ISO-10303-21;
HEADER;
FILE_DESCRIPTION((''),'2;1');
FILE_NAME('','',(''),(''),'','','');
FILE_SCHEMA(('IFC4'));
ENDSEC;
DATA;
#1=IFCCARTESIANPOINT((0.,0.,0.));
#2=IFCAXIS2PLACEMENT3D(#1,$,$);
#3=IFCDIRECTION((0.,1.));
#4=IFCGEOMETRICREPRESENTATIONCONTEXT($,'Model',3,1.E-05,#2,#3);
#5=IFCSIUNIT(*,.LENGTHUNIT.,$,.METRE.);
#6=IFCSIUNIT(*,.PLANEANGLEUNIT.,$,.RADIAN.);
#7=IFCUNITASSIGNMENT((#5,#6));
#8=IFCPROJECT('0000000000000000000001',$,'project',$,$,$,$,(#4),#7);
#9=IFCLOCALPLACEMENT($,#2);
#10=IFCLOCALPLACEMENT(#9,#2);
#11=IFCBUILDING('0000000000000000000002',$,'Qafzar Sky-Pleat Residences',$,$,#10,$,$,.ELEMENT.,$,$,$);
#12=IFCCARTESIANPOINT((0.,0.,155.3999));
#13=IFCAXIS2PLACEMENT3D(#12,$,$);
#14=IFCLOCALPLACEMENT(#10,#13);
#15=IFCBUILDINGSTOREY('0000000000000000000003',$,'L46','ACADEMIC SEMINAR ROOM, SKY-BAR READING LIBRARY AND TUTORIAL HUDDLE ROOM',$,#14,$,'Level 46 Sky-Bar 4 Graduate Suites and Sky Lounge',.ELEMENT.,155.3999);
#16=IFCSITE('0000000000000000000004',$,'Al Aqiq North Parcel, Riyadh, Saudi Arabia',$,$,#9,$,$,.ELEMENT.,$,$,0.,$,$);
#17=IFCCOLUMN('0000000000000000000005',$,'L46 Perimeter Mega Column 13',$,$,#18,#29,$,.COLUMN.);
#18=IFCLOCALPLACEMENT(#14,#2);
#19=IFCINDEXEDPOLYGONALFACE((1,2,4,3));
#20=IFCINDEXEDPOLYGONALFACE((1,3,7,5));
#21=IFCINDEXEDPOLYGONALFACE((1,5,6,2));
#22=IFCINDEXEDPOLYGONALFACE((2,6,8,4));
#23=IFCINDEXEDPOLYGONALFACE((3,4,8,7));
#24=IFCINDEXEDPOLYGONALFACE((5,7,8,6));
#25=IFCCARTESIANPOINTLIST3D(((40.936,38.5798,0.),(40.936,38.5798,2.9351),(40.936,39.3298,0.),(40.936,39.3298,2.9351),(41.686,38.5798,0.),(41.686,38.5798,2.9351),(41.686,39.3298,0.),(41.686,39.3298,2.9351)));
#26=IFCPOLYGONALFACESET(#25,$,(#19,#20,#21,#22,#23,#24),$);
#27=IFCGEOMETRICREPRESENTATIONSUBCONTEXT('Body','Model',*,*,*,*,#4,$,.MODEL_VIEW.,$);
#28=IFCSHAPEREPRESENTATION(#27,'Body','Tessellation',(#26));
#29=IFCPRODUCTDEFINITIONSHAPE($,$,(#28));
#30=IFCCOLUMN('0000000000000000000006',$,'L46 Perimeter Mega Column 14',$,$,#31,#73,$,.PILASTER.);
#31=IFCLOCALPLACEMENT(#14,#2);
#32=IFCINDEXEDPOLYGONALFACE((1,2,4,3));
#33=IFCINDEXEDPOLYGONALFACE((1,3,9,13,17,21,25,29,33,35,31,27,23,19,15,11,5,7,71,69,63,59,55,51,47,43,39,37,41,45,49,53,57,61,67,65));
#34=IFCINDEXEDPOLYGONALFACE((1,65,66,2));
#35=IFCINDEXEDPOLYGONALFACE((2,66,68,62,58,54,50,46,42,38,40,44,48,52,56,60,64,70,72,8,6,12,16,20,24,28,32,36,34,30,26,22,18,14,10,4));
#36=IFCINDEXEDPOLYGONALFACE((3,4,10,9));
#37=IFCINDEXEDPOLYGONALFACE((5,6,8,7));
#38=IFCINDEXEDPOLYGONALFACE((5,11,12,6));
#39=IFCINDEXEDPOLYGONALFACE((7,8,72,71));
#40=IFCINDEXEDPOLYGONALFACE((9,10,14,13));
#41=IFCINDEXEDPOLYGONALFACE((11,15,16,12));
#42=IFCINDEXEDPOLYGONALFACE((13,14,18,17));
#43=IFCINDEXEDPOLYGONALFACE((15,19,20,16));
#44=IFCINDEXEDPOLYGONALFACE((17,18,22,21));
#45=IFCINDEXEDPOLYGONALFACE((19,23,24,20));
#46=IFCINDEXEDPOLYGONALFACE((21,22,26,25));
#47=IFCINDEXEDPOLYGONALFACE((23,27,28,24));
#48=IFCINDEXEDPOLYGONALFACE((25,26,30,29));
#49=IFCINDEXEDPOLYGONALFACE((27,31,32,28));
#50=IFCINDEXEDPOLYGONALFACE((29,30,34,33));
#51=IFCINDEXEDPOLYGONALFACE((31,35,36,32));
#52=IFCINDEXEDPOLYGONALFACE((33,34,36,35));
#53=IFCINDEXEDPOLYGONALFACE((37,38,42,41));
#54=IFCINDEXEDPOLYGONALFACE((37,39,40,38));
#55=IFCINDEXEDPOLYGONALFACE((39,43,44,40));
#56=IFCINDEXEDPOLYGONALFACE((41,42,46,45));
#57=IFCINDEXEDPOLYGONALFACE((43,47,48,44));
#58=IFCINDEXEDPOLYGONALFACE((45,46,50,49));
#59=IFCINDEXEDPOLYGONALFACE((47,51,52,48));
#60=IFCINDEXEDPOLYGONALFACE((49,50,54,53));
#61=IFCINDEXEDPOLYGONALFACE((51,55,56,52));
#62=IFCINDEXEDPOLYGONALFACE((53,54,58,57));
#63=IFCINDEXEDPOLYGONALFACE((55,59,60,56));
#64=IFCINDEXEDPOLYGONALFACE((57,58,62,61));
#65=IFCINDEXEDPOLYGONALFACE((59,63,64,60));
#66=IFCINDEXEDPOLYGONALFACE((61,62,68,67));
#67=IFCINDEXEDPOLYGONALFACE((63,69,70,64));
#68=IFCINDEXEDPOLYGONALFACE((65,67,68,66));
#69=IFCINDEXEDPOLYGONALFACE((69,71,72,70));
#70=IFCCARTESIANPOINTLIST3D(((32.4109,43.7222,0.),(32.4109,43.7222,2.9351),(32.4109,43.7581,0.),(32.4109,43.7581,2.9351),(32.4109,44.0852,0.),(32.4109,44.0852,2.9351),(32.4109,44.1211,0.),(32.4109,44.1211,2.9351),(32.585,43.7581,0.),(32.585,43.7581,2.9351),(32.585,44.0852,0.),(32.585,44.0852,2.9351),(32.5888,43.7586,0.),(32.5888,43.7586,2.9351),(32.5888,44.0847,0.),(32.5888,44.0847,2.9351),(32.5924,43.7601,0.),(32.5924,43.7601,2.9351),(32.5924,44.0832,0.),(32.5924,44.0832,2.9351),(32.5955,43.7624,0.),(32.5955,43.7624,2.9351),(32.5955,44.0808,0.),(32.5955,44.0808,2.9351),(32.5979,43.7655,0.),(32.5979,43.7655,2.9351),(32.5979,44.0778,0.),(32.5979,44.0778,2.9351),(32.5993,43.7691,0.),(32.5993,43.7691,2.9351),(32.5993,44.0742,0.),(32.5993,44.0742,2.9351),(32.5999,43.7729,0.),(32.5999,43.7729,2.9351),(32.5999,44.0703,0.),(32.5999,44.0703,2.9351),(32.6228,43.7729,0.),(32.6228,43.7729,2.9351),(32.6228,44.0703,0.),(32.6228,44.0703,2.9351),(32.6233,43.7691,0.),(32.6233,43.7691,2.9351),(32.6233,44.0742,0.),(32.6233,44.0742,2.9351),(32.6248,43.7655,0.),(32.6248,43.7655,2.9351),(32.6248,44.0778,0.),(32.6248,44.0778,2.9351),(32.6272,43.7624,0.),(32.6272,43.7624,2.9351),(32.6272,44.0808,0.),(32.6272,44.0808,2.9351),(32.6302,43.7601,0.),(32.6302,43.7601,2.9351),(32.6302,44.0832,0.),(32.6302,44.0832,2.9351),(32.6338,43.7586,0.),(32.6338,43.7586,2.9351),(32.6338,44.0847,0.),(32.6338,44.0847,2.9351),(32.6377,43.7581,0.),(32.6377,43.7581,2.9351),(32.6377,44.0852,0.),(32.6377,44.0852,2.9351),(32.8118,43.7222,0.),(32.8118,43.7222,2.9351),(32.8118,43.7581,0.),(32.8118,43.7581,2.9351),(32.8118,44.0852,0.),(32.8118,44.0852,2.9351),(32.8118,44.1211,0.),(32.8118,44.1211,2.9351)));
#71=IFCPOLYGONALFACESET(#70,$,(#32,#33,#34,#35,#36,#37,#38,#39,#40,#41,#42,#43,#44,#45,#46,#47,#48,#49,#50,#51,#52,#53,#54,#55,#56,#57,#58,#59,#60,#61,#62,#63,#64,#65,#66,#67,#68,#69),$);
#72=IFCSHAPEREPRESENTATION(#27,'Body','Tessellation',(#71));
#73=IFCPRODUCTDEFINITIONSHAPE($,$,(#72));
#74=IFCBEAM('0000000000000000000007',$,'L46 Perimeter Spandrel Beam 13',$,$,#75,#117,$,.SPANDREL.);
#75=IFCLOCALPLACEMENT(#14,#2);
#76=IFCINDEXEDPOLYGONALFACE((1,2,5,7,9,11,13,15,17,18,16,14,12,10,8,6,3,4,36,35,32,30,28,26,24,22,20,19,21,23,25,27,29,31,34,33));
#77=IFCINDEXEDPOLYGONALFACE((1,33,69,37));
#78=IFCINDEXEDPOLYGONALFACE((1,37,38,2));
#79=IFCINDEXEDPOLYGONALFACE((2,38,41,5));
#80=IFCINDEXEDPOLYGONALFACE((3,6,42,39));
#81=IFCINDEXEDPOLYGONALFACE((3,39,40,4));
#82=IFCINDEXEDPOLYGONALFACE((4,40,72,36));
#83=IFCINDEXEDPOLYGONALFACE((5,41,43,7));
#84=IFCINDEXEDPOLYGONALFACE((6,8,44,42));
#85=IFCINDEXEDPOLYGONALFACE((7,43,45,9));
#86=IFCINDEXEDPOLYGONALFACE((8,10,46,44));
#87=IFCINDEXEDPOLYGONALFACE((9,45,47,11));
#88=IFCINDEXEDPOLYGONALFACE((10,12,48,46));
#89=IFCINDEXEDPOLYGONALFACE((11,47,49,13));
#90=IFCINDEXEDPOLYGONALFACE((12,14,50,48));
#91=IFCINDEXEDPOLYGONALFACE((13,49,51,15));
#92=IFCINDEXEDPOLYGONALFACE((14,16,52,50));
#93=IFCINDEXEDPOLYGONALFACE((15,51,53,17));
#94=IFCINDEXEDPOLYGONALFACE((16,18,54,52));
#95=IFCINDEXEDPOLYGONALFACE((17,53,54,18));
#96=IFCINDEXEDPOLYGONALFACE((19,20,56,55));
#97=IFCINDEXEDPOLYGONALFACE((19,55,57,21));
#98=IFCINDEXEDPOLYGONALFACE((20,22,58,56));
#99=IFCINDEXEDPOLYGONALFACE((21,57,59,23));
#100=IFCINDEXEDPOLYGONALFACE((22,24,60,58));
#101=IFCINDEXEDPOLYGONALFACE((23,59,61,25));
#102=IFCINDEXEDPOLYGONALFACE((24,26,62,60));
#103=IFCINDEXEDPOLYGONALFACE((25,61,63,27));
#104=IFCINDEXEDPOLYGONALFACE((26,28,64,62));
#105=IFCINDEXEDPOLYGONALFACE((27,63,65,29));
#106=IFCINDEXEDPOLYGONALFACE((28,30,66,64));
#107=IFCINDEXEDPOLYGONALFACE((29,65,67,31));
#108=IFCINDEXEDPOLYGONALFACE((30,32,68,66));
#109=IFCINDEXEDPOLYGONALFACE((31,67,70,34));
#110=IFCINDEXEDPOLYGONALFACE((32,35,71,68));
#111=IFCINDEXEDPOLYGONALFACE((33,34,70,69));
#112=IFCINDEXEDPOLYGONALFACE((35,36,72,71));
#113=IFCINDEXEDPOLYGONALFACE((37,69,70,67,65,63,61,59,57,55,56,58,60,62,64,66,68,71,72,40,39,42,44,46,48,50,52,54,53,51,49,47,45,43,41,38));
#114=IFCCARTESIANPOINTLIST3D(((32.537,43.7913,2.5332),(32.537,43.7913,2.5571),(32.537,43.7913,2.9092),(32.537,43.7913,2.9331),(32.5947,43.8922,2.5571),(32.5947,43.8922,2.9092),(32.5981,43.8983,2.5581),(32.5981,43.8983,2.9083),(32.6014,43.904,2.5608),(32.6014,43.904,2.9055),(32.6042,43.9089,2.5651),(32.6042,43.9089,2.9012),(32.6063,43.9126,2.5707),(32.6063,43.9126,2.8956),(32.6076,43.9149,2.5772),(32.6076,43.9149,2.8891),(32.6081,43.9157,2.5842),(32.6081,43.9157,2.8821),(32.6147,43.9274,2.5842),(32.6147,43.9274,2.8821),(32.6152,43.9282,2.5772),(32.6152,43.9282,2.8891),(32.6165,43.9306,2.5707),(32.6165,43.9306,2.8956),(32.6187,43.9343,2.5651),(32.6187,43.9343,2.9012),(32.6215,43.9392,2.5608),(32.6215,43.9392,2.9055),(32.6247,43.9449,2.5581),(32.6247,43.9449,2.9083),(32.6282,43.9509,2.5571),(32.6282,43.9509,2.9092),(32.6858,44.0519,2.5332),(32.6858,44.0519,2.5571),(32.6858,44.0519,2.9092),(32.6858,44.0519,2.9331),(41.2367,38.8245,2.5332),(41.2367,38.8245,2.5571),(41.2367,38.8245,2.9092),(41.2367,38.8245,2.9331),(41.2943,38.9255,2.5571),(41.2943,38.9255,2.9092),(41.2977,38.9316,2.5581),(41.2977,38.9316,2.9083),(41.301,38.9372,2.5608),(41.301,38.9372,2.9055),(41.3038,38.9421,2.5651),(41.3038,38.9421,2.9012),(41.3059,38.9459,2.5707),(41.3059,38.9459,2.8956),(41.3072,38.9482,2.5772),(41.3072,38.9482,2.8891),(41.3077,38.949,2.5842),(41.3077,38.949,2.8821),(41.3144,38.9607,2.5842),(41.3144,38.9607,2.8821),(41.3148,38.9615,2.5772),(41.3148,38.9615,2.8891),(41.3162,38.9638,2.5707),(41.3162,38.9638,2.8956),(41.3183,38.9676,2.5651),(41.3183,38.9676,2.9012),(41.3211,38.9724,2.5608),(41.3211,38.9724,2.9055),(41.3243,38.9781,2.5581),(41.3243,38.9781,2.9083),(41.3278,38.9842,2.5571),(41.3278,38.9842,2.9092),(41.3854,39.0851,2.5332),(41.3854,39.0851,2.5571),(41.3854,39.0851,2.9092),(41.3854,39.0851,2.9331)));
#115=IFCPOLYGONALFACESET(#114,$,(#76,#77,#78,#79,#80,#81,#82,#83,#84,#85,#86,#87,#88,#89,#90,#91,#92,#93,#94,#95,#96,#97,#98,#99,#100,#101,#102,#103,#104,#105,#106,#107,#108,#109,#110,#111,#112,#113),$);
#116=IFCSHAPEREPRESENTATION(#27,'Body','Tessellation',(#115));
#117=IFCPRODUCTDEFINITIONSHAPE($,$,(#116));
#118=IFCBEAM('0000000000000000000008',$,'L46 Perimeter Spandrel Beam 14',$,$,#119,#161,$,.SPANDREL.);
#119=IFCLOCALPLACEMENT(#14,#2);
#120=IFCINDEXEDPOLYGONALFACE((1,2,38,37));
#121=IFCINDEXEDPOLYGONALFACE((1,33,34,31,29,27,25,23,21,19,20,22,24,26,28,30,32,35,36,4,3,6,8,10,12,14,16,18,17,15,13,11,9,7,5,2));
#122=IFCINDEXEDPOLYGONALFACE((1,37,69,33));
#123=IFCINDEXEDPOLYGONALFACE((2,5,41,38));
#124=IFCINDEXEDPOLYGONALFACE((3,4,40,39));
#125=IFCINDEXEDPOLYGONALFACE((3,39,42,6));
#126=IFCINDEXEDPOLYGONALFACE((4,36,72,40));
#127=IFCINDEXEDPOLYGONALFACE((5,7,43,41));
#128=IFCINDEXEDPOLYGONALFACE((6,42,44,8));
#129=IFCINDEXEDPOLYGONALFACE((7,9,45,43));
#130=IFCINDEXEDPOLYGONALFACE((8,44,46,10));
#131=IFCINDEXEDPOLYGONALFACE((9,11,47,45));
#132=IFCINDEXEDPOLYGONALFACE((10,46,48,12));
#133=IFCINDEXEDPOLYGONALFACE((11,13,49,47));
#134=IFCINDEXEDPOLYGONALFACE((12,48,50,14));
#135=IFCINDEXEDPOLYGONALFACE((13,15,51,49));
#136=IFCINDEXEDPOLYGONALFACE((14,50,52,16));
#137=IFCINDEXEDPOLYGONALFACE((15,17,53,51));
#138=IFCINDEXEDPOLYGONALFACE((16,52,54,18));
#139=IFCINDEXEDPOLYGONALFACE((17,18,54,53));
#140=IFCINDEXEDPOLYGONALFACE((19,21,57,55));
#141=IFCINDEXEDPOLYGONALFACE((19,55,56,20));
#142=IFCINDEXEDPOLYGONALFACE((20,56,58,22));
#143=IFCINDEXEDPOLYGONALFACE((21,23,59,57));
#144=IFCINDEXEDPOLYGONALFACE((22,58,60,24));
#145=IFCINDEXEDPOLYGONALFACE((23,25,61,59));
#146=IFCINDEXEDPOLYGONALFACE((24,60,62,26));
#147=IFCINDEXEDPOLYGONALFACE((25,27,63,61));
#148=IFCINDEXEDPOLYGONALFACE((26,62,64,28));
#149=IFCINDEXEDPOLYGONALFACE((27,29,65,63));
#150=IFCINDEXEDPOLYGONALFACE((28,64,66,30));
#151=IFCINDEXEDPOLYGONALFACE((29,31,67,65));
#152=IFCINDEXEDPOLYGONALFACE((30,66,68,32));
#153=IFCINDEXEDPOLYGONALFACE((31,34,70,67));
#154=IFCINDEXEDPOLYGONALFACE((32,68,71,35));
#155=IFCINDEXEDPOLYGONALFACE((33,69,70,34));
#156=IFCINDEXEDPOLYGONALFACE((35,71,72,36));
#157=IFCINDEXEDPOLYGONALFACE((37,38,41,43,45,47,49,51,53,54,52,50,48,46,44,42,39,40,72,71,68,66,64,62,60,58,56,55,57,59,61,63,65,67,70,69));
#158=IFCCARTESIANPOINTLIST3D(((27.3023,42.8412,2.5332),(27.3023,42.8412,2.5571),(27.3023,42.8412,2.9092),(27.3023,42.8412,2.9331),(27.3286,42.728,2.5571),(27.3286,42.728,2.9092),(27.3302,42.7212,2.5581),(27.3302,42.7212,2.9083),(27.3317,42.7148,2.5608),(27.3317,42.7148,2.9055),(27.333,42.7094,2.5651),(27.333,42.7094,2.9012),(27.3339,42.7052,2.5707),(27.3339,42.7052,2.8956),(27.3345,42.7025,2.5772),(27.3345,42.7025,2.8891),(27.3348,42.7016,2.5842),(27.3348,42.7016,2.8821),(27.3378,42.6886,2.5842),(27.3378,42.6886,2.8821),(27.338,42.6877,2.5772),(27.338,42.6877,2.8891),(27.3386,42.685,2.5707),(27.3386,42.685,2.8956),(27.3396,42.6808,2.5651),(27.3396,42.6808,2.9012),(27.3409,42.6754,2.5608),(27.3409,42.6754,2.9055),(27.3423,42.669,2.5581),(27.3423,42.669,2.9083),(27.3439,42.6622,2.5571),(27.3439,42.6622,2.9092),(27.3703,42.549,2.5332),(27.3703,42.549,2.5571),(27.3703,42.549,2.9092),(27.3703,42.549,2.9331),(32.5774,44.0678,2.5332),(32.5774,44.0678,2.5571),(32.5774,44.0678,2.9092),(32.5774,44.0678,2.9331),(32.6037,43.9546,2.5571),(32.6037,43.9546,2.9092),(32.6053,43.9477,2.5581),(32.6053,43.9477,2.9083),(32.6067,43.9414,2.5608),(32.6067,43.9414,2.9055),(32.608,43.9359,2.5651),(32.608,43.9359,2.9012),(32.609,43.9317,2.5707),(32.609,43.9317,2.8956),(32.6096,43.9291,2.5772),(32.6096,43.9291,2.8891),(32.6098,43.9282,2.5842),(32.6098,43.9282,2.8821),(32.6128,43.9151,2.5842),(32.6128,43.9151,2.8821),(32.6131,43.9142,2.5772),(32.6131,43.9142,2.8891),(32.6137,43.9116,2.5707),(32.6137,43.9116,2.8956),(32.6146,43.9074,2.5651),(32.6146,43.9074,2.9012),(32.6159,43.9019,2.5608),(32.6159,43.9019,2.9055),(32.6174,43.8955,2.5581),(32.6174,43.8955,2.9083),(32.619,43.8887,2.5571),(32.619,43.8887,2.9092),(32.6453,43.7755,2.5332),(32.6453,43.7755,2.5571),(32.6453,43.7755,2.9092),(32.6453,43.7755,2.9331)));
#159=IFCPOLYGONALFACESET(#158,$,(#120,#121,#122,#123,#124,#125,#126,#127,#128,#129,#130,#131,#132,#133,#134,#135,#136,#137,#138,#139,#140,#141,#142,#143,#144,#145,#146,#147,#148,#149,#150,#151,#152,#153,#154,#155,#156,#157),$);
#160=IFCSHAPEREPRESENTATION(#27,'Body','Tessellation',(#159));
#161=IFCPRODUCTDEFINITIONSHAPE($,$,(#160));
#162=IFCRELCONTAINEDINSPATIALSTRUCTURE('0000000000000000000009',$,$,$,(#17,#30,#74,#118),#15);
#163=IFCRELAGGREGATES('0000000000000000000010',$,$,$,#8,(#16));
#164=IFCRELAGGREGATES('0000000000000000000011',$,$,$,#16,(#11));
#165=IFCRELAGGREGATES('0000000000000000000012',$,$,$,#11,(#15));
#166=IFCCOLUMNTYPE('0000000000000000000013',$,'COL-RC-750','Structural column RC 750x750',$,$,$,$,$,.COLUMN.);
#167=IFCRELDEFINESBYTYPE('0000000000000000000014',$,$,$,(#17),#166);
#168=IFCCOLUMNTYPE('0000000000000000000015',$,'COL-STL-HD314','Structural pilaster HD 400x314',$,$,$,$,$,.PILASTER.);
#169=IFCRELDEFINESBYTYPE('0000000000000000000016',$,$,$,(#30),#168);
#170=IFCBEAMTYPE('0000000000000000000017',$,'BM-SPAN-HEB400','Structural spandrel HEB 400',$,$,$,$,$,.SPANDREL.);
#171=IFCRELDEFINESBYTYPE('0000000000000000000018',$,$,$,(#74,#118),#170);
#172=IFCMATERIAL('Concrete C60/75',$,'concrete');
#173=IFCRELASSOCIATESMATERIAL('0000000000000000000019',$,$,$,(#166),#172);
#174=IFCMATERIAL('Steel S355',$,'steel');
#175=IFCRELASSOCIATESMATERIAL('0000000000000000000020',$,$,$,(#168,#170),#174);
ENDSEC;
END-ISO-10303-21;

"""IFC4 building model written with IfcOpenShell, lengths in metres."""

from ifc_helpers import new_model, si_unit, direction, frame, origin, origin_2d, place, context, subcontext, project, spatial, rectangle, i_section, extrude, source, transform, mapped, material, material_profile, profile_set, type_object, element, save


model = new_model("IFC4")

# Units and contexts
model_context = context("Model", 3, precision=1e-05, world=origin(), true_north=direction((0.0, 1.0)))
body_context = subcontext(model_context, "Body", "Model", "MODEL_VIEW")
ifc_project = project(units=[si_unit("LENGTHUNIT", "METRE"), si_unit("PLANEANGLEUNIT", "RADIAN")], contexts=[model_context])

# Site, building, storey
site_placement = place(None, origin())
site = spatial("IfcSite", under=ifc_project, at=site_placement, Name="Al Aqiq North Parcel, Riyadh, Saudi Arabia", CompositionType="ELEMENT", RefElevation=0.0)
building_placement = place(site_placement, origin())
building = spatial("IfcBuilding", under=site, at=building_placement, Name="Qafzar Sky-Pleat Residences", CompositionType="ELEMENT")
storey_placement = place(building_placement, frame((0.0, 0.0, 155.3999)))
storey = spatial("IfcBuildingStorey", under=building, at=storey_placement, Name="L46", Description="ACADEMIC SEMINAR ROOM, SKY-BAR READING LIBRARY AND TUTORIAL HUDDLE ROOM", LongName="Level 46 Sky-Bar 4 Graduate Suites and Sky Lounge", CompositionType="ELEMENT", Elevation=155.3999)

# Columns
ifc_material_1 = material(Name="Concrete C60/75", Category="concrete")
ifc_material_profile_1 = material_profile(ifc_material_1, rectangle(XDim=0.75, YDim=0.75, at=origin_2d()), Name="RC 750x750")
ifc_profile_set_1 = profile_set([ifc_material_profile_1], Name="Concrete C60/75")
column_type_1 = type_object("IfcColumnType", Name="COL-RC-750", Description="Structural column RC 750x750", PredefinedType="COLUMN", material=ifc_profile_set_1)
shared_shape_1 = source(origin(), body_context, "Body", "SweptSolid", [
    extrude(rectangle(XDim=0.75, YDim=0.75, at=origin_2d()), origin(), (0.0, 0.0, 1.0), 2.9351),
])
column_1_placement = place(storey_placement, frame((41.311, 38.9548, 0.0), z_axis=(0.0, 0.0, 1.0), x_axis=(1.0, 0.0, 0.0)))
element("IfcColumn", 1, at=column_1_placement, inside=storey, type_object=column_type_1, Name="L46 Perimeter Mega Column 13", PredefinedType="COLUMN", context=body_context, shape_type="MappedRepresentation", body=[
    mapped(shared_shape_1, transform((0.0, 0.0, 0.0), x_axis=(1.0, 0.0, 0.0), y_axis=(0.0, 1.0, 0.0), z_axis=(0.0, 0.0, 1.0), scale=1.0)),
])
ifc_material_2 = material(Name="Steel S355", Category="steel")
ifc_material_profile_2 = material_profile(ifc_material_2, i_section(OverallWidth=0.4009, OverallDepth=0.3989, WebThickness=0.0229, FlangeThickness=0.0359, FilletRadius=0.0149, at=origin_2d()), Name="HD 400x314")
ifc_profile_set_2 = profile_set([ifc_material_profile_2], Name="Steel S355")
column_type_2 = type_object("IfcColumnType", Name="COL-STL-HD314", Description="Structural pilaster HD 400x314", PredefinedType="PILASTER", material=ifc_profile_set_2)
shared_shape_2 = source(origin(), body_context, "Body", "SweptSolid", [
    extrude(i_section(OverallWidth=0.4009, OverallDepth=0.3989, WebThickness=0.0229, FlangeThickness=0.0359, FilletRadius=0.0149, at=origin_2d()), origin(), (0.0, 0.0, 1.0), 2.9351),
])
column_2_placement = place(storey_placement, frame((32.6113, 43.9216, 0.0), z_axis=(0.0, 0.0, 1.0), x_axis=(1.0, 0.0, 0.0)))
element("IfcColumn", 2, at=column_2_placement, inside=storey, type_object=column_type_2, Name="L46 Perimeter Mega Column 14", PredefinedType="PILASTER", context=body_context, shape_type="MappedRepresentation", body=[
    mapped(shared_shape_2, transform((0.0, 0.0, 0.0), x_axis=(1.0, 0.0, 0.0), y_axis=(0.0, 1.0, 0.0), z_axis=(0.0, 0.0, 1.0), scale=1.0)),
])

# Beams
ifc_material_profile_3 = material_profile(ifc_material_2, i_section(OverallWidth=0.3, OverallDepth=0.3999, WebThickness=0.0134, FlangeThickness=0.0239, FilletRadius=0.0271, at=origin_2d()), Name="HEB 400")
ifc_profile_set_3 = profile_set([ifc_material_profile_3], Name="Steel S355")
beam_type_1 = type_object("IfcBeamType", Name="BM-SPAN-HEB400", Description="Structural spandrel HEB 400", PredefinedType="SPANDREL", material=ifc_profile_set_3)
shared_shape_3 = source(origin(), body_context, "Body", "SweptSolid", [
    extrude(i_section(OverallWidth=0.3, OverallDepth=0.3999, WebThickness=0.0134, FlangeThickness=0.0239, FilletRadius=0.0271, at=origin_2d()), origin(), (0.0, 0.0, 1.0), 10.0176),
])
beam_1_placement = place(storey_placement, frame((41.311, 38.9548, 2.7332), z_axis=(-0.868435, 0.495803, 0.0), x_axis=(-0.495803, -0.868435, 0.0)))
element("IfcBeam", 3, at=beam_1_placement, inside=storey, type_object=beam_type_1, Name="L46 Perimeter Spandrel Beam 13", PredefinedType="SPANDREL", context=body_context, shape_type="MappedRepresentation", body=[
    mapped(shared_shape_3, transform((0.0, 0.0, 0.0), x_axis=(1.0, 0.0, 0.0), y_axis=(0.0, 1.0, 0.0), z_axis=(0.0, 0.0, 1.0), scale=1.0)),
])
shared_shape_4 = source(origin(), body_context, "Body", "SweptSolid", [
    extrude(i_section(OverallWidth=0.3, OverallDepth=0.3999, WebThickness=0.0134, FlangeThickness=0.0239, FilletRadius=0.0271, at=origin_2d()), origin(), (0.0, 0.0, 1.0), 5.4158),
])
beam_2_placement = place(storey_placement, frame((32.6113, 43.9216, 2.7332), z_axis=(-0.974017, -0.226476, 0.0), x_axis=(0.226476, -0.974017, 0.0)))
element("IfcBeam", 4, at=beam_2_placement, inside=storey, type_object=beam_type_1, Name="L46 Perimeter Spandrel Beam 14", PredefinedType="SPANDREL", context=body_context, shape_type="MappedRepresentation", body=[
    mapped(shared_shape_4, transform((0.0, 0.0, 0.0), x_axis=(1.0, 0.0, 0.0), y_axis=(0.0, 1.0, 0.0), z_axis=(0.0, 0.0, 1.0), scale=1.0)),
])

save(model, "model.ifc")
